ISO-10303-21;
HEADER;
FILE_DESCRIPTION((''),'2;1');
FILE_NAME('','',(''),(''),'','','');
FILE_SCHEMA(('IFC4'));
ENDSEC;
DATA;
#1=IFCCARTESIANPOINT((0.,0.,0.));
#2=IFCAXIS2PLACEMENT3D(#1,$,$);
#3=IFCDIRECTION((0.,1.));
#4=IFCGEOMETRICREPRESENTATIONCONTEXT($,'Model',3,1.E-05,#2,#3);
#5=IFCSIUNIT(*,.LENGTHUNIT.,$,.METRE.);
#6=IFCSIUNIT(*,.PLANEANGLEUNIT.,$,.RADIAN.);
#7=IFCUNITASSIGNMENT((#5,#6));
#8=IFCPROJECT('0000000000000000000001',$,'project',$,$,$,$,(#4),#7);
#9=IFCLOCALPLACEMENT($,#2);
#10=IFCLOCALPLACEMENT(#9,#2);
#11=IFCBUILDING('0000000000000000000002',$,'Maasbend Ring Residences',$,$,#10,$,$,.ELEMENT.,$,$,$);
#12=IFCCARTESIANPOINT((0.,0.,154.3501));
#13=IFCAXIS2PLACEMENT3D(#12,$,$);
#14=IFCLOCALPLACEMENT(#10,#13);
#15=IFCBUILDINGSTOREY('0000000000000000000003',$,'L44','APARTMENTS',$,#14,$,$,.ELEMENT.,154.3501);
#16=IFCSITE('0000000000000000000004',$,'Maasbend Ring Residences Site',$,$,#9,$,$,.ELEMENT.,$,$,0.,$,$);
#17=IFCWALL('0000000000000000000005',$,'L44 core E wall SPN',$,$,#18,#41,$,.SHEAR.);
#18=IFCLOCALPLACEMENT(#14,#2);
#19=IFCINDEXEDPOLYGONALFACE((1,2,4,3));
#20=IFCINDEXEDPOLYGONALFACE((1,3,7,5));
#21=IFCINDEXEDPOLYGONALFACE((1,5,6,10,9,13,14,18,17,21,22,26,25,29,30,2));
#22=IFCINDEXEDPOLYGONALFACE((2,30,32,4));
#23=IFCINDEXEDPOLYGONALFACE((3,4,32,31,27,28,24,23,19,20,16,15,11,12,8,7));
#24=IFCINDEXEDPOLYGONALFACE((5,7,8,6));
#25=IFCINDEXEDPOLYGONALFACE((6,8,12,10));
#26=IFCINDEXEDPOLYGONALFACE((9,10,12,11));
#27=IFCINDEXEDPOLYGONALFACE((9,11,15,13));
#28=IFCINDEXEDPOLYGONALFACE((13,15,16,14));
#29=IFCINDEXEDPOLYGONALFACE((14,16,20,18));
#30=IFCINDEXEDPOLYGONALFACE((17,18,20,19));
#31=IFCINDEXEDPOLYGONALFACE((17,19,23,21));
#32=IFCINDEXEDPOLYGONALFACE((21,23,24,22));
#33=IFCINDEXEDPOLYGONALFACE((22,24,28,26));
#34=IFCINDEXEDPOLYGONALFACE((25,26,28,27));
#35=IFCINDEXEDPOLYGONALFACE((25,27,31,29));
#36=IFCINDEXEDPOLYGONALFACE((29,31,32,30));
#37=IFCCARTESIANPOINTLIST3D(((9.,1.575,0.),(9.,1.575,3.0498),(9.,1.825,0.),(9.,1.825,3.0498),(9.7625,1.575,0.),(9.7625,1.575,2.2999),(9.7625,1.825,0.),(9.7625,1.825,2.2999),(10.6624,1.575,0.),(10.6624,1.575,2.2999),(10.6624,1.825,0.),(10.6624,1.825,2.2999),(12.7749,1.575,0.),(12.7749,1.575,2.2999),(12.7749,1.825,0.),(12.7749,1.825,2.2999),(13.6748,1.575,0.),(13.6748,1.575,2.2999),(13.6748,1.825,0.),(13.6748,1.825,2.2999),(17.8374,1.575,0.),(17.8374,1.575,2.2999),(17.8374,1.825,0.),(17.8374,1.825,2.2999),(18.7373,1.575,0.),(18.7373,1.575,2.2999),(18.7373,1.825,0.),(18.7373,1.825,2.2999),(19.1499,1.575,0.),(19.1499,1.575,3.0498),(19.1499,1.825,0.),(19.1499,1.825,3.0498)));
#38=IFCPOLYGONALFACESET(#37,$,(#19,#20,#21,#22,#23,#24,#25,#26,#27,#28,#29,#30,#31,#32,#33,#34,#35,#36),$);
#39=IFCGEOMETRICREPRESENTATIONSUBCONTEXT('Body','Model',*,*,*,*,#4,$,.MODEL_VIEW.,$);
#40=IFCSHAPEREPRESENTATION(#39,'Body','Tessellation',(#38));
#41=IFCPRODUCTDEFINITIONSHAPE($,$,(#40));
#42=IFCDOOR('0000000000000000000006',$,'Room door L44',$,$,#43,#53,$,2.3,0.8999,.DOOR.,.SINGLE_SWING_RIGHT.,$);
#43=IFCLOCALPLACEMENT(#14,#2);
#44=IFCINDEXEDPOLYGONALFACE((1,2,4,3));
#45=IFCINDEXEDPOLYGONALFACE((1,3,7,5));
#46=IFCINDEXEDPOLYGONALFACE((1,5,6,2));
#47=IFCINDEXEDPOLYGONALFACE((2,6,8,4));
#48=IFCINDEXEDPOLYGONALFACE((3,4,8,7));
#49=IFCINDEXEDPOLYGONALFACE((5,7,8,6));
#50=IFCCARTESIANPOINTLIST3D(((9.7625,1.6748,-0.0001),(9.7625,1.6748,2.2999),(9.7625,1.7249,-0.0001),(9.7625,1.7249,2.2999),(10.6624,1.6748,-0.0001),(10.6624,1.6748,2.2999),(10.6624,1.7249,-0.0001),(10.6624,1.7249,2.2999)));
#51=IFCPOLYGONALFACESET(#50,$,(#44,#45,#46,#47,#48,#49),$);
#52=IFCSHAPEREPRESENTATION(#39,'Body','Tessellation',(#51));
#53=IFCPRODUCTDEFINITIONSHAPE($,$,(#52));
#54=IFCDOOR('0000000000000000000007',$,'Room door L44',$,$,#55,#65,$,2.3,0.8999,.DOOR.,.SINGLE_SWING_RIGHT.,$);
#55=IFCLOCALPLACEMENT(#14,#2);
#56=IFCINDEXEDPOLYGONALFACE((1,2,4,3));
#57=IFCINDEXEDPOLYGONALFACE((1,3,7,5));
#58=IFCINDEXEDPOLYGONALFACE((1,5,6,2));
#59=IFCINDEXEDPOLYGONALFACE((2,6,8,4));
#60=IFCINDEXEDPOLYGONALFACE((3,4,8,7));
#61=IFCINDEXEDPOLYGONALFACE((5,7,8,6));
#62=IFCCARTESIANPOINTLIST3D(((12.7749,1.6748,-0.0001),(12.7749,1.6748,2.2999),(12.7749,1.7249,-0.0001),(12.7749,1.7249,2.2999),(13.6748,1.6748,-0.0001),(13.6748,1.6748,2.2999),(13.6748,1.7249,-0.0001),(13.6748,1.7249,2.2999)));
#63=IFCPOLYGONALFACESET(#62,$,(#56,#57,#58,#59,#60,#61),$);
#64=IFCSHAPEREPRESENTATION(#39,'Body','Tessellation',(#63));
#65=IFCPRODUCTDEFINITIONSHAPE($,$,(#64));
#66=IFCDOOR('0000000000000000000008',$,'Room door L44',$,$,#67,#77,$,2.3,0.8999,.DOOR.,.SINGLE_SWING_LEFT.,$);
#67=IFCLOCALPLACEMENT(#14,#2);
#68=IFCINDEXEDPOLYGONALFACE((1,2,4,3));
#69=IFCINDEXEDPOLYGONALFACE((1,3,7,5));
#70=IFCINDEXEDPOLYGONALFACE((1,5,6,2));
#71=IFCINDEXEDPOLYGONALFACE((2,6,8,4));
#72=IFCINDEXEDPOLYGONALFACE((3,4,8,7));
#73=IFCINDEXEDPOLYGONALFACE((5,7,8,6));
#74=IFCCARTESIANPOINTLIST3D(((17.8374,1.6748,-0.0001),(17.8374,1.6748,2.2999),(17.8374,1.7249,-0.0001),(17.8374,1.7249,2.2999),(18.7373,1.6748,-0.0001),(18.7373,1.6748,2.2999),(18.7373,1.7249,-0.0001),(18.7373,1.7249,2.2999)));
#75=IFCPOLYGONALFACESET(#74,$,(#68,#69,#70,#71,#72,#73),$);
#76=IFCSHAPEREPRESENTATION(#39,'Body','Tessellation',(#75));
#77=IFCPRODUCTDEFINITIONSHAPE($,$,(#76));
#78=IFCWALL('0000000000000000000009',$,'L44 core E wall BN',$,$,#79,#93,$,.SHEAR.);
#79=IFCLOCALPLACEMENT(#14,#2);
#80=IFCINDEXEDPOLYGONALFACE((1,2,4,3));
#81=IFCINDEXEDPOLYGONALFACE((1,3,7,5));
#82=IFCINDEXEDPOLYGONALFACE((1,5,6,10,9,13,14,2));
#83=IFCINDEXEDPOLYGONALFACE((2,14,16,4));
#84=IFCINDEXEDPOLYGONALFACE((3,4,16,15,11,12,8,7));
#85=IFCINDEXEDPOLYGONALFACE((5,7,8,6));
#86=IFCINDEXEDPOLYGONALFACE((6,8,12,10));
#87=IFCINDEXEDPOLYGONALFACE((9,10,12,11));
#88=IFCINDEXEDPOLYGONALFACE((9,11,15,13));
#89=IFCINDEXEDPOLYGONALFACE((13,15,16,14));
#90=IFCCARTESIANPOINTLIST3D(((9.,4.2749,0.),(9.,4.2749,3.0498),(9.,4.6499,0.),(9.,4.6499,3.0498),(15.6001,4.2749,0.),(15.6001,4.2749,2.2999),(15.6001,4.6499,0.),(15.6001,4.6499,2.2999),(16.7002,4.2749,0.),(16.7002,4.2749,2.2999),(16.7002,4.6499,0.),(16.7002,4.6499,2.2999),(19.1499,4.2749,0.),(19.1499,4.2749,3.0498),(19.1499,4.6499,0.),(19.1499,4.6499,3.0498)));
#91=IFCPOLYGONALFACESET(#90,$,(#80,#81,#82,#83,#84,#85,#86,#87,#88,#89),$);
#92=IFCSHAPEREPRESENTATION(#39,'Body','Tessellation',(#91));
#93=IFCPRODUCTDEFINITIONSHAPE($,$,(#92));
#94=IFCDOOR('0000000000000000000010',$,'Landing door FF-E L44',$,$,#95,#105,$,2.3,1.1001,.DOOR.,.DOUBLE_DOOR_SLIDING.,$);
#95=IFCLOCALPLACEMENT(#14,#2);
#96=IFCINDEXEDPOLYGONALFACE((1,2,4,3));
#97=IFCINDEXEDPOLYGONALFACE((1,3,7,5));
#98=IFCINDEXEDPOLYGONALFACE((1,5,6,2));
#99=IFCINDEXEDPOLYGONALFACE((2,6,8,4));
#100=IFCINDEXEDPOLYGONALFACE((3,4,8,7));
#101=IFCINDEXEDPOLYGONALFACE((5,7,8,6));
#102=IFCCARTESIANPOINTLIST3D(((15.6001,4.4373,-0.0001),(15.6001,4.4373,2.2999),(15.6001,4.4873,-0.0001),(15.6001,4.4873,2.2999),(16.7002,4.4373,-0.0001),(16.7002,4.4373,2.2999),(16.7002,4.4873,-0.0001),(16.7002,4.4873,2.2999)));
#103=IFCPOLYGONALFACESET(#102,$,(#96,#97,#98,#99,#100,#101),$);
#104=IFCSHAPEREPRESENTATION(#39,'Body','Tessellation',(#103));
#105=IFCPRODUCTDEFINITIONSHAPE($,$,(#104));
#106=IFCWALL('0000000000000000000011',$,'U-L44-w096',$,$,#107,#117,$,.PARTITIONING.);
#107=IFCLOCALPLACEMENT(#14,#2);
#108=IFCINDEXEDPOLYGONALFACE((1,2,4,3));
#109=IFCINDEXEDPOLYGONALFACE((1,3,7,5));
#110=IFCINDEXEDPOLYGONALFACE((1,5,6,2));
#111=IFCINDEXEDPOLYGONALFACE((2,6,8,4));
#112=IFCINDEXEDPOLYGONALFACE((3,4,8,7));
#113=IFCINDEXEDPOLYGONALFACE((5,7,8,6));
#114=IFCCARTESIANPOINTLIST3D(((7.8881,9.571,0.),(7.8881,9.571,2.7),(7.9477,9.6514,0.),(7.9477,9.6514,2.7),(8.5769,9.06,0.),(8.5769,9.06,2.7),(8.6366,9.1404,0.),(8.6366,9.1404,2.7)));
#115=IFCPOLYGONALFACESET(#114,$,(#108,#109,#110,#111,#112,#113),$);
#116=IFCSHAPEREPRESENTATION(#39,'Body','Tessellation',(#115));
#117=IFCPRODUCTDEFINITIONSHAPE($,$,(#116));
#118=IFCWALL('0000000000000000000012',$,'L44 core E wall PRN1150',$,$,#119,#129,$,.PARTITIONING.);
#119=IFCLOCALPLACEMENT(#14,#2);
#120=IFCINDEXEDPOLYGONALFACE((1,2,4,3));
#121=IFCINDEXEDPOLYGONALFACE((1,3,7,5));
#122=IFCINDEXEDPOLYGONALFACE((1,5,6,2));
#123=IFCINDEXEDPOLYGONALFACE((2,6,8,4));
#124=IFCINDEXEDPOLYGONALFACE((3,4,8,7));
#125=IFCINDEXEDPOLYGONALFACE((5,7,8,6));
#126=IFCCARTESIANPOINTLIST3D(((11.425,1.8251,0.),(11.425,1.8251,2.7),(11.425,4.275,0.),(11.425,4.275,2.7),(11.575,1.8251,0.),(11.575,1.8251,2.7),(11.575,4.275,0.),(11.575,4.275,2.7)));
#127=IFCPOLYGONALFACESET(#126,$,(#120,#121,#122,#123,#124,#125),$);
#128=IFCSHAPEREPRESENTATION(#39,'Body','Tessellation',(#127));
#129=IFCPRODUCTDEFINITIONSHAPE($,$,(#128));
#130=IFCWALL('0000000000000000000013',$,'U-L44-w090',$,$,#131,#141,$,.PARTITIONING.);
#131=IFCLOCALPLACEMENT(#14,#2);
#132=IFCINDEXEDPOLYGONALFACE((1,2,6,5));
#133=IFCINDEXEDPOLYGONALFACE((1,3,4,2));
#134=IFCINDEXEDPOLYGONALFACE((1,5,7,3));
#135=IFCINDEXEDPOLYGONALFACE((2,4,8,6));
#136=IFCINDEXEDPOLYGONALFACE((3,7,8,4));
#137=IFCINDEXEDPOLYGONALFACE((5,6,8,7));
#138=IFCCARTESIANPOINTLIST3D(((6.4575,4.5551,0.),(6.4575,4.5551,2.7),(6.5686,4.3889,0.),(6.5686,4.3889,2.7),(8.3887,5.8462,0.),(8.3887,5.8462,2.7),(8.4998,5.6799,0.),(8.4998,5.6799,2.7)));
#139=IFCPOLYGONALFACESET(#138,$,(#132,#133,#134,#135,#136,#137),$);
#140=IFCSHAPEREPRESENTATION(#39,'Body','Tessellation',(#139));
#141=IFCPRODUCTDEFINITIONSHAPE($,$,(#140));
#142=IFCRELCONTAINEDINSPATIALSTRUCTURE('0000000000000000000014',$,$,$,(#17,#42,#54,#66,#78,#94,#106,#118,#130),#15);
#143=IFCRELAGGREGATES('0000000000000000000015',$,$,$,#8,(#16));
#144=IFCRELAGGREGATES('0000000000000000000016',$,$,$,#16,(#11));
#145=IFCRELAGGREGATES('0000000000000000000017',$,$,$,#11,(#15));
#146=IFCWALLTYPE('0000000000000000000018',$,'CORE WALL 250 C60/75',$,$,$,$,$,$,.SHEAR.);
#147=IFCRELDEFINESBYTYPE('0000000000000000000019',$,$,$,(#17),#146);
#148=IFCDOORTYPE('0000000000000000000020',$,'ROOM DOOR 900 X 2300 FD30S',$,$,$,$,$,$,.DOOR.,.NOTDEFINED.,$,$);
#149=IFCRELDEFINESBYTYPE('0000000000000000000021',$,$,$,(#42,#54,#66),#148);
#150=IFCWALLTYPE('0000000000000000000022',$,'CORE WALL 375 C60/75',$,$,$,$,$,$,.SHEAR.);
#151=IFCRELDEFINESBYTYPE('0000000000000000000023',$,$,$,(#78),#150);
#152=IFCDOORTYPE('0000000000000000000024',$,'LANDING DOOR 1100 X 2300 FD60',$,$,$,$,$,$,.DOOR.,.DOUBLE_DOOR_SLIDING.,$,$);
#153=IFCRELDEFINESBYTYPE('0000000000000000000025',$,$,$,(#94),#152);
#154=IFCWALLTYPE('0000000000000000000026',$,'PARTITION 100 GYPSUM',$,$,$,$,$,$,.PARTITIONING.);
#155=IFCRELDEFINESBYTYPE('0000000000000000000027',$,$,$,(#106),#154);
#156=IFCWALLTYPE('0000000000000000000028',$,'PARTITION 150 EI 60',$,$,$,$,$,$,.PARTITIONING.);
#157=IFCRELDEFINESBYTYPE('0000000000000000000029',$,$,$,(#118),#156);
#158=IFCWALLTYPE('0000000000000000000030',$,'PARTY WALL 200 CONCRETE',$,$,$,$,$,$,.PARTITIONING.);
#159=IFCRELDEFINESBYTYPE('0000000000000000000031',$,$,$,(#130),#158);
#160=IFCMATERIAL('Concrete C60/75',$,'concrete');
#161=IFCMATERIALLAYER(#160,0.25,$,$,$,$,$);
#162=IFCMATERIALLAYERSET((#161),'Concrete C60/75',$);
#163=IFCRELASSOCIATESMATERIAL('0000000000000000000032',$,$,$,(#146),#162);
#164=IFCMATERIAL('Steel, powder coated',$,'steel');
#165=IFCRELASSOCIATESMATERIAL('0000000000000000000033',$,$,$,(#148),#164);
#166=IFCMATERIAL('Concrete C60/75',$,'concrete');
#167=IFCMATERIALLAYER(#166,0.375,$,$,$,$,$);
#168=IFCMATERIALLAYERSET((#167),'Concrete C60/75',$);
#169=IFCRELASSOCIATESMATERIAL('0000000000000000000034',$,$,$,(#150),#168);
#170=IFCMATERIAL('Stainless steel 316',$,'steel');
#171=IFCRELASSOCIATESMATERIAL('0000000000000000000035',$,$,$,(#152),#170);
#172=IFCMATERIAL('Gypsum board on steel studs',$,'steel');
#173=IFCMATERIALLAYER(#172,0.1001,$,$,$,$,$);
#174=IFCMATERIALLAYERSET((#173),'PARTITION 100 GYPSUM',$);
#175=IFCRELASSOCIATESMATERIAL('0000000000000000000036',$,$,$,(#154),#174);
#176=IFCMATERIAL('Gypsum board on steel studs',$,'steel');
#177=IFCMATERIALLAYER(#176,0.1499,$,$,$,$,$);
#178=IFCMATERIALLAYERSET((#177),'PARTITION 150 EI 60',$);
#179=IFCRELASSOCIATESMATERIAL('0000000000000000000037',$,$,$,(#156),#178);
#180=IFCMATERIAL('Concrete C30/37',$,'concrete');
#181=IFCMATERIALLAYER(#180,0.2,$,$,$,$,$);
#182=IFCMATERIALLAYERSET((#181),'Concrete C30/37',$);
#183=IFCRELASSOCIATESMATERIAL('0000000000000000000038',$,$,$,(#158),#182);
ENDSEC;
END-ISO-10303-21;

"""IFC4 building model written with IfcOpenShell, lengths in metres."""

from ifc_helpers import new_model, si_unit, direction, frame, frame_2d, origin, place, context, subcontext, project, spatial, rectangle, extrude, material, layer, layer_set, type_object, element, fill, save


model = new_model("IFC4")

# Units and contexts
model_context = context("Model", 3, precision=1e-05, world=origin(), true_north=direction((0.0, 1.0)))
body_context = subcontext(model_context, "Body", "Model", "MODEL_VIEW")
ifc_project = project(units=[si_unit("LENGTHUNIT", "METRE"), si_unit("PLANEANGLEUNIT", "RADIAN")], contexts=[model_context])

# Site, building, storey
site_placement = place(None, origin())
site = spatial("IfcSite", under=ifc_project, at=site_placement, Name="Maasbend Ring Residences Site", CompositionType="ELEMENT", RefElevation=0.0)
building_placement = place(site_placement, origin())
building = spatial("IfcBuilding", under=site, at=building_placement, Name="Maasbend Ring Residences", CompositionType="ELEMENT")
storey_placement = place(building_placement, frame((0.0, 0.0, 154.3501)))
storey = spatial("IfcBuildingStorey", under=building, at=storey_placement, Name="L44", Description="APARTMENTS", CompositionType="ELEMENT", Elevation=154.3501)

# Wall, openings, doors
ifc_material_1 = material(Name="Concrete C60/75", Category="concrete")
ifc_layer_1 = layer(ifc_material_1, 0.25)
ifc_layer_set_1 = layer_set([ifc_layer_1], Name="Concrete C60/75")
wall_type_1 = type_object("IfcWallType", Name="CORE WALL 250 C60/75", PredefinedType="SHEAR", material=ifc_layer_set_1)
wall_1_placement = place(storey_placement, frame((9.0, 1.7, 0.0), z_axis=(0.0, 0.0, 1.0), x_axis=(1.0, 0.0, 0.0)))
wall_1 = element("IfcWall", 1, at=wall_1_placement, inside=storey, type_object=wall_type_1, Name="L44 core E wall SPN", PredefinedType="SHEAR", context=body_context, shape_type="SweptSolid", body=[
    extrude(rectangle(XDim=10.1499, YDim=0.25, at=frame_2d((5.075, 0.0))), origin(), (0.0, 0.0, 1.0), 3.0498),
])
opening_1_placement = place(wall_1_placement, frame((0.7625, 0.0, 0.0)))
opening_1 = element("IfcOpeningElement", 2, at=opening_1_placement, cuts=wall_1, PredefinedType="OPENING", context=body_context, shape_type="SweptSolid", body=[
    extrude(rectangle(XDim=0.8999, YDim=2.3, at=frame_2d((0.45, 1.1499))), frame((0.0, 0.135, 0.0), z_axis=(0.0, -1.0, 0.0), x_axis=(1.0, 0.0, 0.0)), (0.0, 0.0, 1.0), 0.27),
])
opening_2_placement = place(wall_1_placement, frame((3.7749, 0.0, 0.0)))
opening_2 = element("IfcOpeningElement", 3, at=opening_2_placement, cuts=wall_1, PredefinedType="OPENING", context=body_context, shape_type="SweptSolid", body=[
    extrude(rectangle(XDim=0.8999, YDim=2.3, at=frame_2d((0.45, 1.1499))), frame((0.0, 0.135, 0.0), z_axis=(0.0, -1.0, 0.0), x_axis=(1.0, 0.0, 0.0)), (0.0, 0.0, 1.0), 0.27),
])
opening_3_placement = place(wall_1_placement, frame((8.8374, 0.0, 0.0)))
opening_3 = element("IfcOpeningElement", 4, at=opening_3_placement, cuts=wall_1, PredefinedType="OPENING", context=body_context, shape_type="SweptSolid", body=[
    extrude(rectangle(XDim=0.8999, YDim=2.3, at=frame_2d((0.45, 1.1499))), frame((0.0, 0.135, 0.0), z_axis=(0.0, -1.0, 0.0), x_axis=(1.0, 0.0, 0.0)), (0.0, 0.0, 1.0), 0.27),
])
ifc_material_2 = material(Name="Steel, powder coated", Category="steel")
door_type_1 = type_object("IfcDoorType", Name="ROOM DOOR 900 X 2300 FD30S", OperationType="NOTDEFINED", PredefinedType="DOOR", material=ifc_material_2)
door_1_placement = place(opening_1_placement, origin())
door_1 = element("IfcDoor", 5, at=door_1_placement, inside=storey, type_object=door_type_1, Name="Room door L44", OperationType="SINGLE_SWING_RIGHT", OverallHeight=2.3, OverallWidth=0.8999, PredefinedType="DOOR", context=body_context, shape_type="SweptSolid", body=[
    extrude(rectangle(XDim=0.8999, YDim=2.3, at=frame_2d((0.45, 1.1499))), frame((0.0, 0.0249, 0.0), z_axis=(0.0, -1.0, 0.0), x_axis=(1.0, 0.0, 0.0)), (0.0, 0.0, 1.0), 0.05),
])
fill(opening_1, door_1)
door_2_placement = place(opening_2_placement, origin())
door_2 = element("IfcDoor", 6, at=door_2_placement, inside=storey, type_object=door_type_1, Name="Room door L44", OperationType="SINGLE_SWING_RIGHT", OverallHeight=2.3, OverallWidth=0.8999, PredefinedType="DOOR", context=body_context, shape_type="SweptSolid", body=[
    extrude(rectangle(XDim=0.8999, YDim=2.3, at=frame_2d((0.45, 1.1499))), frame((0.0, 0.0249, 0.0), z_axis=(0.0, -1.0, 0.0), x_axis=(1.0, 0.0, 0.0)), (0.0, 0.0, 1.0), 0.05),
])
fill(opening_2, door_2)
door_3_placement = place(opening_3_placement, origin())
door_3 = element("IfcDoor", 7, at=door_3_placement, inside=storey, type_object=door_type_1, Name="Room door L44", OperationType="SINGLE_SWING_LEFT", OverallHeight=2.3, OverallWidth=0.8999, PredefinedType="DOOR", context=body_context, shape_type="SweptSolid", body=[
    extrude(rectangle(XDim=0.8999, YDim=2.3, at=frame_2d((0.45, 1.1499))), frame((0.0, 0.0249, 0.0), z_axis=(0.0, -1.0, 0.0), x_axis=(1.0, 0.0, 0.0)), (0.0, 0.0, 1.0), 0.05),
])
fill(opening_3, door_3)

# Wall, opening, door
ifc_material_3 = material(Name="Concrete C60/75", Category="concrete")
ifc_layer_2 = layer(ifc_material_3, 0.375)
ifc_layer_set_2 = layer_set([ifc_layer_2], Name="Concrete C60/75")
wall_type_2 = type_object("IfcWallType", Name="CORE WALL 375 C60/75", PredefinedType="SHEAR", material=ifc_layer_set_2)
wall_2_placement = place(storey_placement, frame((9.0, 4.4624, 0.0), z_axis=(0.0, 0.0, 1.0), x_axis=(1.0, 0.0, 0.0)))
wall_2 = element("IfcWall", 8, at=wall_2_placement, inside=storey, type_object=wall_type_2, Name="L44 core E wall BN", PredefinedType="SHEAR", context=body_context, shape_type="SweptSolid", body=[
    extrude(rectangle(XDim=10.1499, YDim=0.375, at=frame_2d((5.075, 0.0))), origin(), (0.0, 0.0, 1.0), 3.0498),
])
opening_4_placement = place(wall_2_placement, frame((6.6001, 0.0, 0.0)))
opening_4 = element("IfcOpeningElement", 9, at=opening_4_placement, cuts=wall_2, PredefinedType="OPENING", context=body_context, shape_type="SweptSolid", body=[
    extrude(rectangle(XDim=1.1001, YDim=2.3, at=frame_2d((0.55, 1.1499))), frame((0.0, 0.1975, 0.0), z_axis=(0.0, -1.0, 0.0), x_axis=(1.0, 0.0, 0.0)), (0.0, 0.0, 1.0), 0.395),
])
ifc_material_4 = material(Name="Stainless steel 316", Category="steel")
door_type_2 = type_object("IfcDoorType", Name="LANDING DOOR 1100 X 2300 FD60", OperationType="DOUBLE_DOOR_SLIDING", PredefinedType="DOOR", material=ifc_material_4)
door_4_placement = place(opening_4_placement, origin())
door_4 = element("IfcDoor", 10, at=door_4_placement, inside=storey, type_object=door_type_2, Name="Landing door FF-E L44", OperationType="DOUBLE_DOOR_SLIDING", OverallHeight=2.3, OverallWidth=1.1001, PredefinedType="DOOR", context=body_context, shape_type="SweptSolid", body=[
    extrude(rectangle(XDim=1.1001, YDim=2.3, at=frame_2d((0.55, 1.1499))), frame((0.0, 0.0249, 0.0), z_axis=(0.0, -1.0, 0.0), x_axis=(1.0, 0.0, 0.0)), (0.0, 0.0, 1.0), 0.05),
])
fill(opening_4, door_4)

# Walls
ifc_material_5 = material(Name="Gypsum board on steel studs", Category="steel")
ifc_layer_3 = layer(ifc_material_5, 0.1001)
ifc_layer_set_3 = layer_set([ifc_layer_3], Name="PARTITION 100 GYPSUM")
wall_type_3 = type_object("IfcWallType", Name="PARTITION 100 GYPSUM", PredefinedType="PARTITIONING", material=ifc_layer_set_3)
wall_3_placement = place(storey_placement, frame((7.918, 9.6111, 0.0), z_axis=(0.0, 0.0, 1.0), x_axis=(0.803199, -0.595711, 0.0)))
element("IfcWall", 11, at=wall_3_placement, inside=storey, type_object=wall_type_3, Name="U-L44-w096", PredefinedType="PARTITIONING", context=body_context, shape_type="SweptSolid", body=[
    extrude(rectangle(XDim=0.8577, YDim=0.1001, at=frame_2d((0.4287, 0.0))), origin(), (0.0, 0.0, 1.0), 2.7),
])
ifc_material_6 = material(Name="Gypsum board on steel studs", Category="steel")
ifc_layer_4 = layer(ifc_material_6, 0.1499)
ifc_layer_set_4 = layer_set([ifc_layer_4], Name="PARTITION 150 EI 60")
wall_type_4 = type_object("IfcWallType", Name="PARTITION 150 EI 60", PredefinedType="PARTITIONING", material=ifc_layer_set_4)
wall_4_placement = place(storey_placement, frame((11.5, 1.825, 0.0), z_axis=(0.0, 0.0, 1.0), x_axis=(0.0, 1.0, 0.0)))
element("IfcWall", 12, at=wall_4_placement, inside=storey, type_object=wall_type_4, Name="L44 core E wall PRN1150", PredefinedType="PARTITIONING", context=body_context, shape_type="SweptSolid", body=[
    extrude(rectangle(XDim=2.45, YDim=0.1499, at=frame_2d((1.2251, 0.0))), origin(), (0.0, 0.0, 1.0), 2.7),
])
ifc_material_7 = material(Name="Concrete C30/37", Category="concrete")
ifc_layer_5 = layer(ifc_material_7, 0.2)
ifc_layer_set_5 = layer_set([ifc_layer_5], Name="Concrete C30/37")
wall_type_5 = type_object("IfcWallType", Name="PARTY WALL 200 CONCRETE", PredefinedType="PARTITIONING", material=ifc_layer_set_5)
wall_5_placement = place(storey_placement, frame((6.5129, 4.4719, 0.0), z_axis=(0.0, 0.0, 1.0), x_axis=(0.831338, 0.555767, 0.0)))
element("IfcWall", 13, at=wall_5_placement, inside=storey, type_object=wall_type_5, Name="U-L44-w090", PredefinedType="PARTITIONING", context=body_context, shape_type="SweptSolid", body=[
    extrude(rectangle(XDim=2.323, YDim=0.2, at=frame_2d((1.1616, 0.0))), origin(), (0.0, 0.0, 1.0), 2.7),
])

save(model, "model.ifc")
